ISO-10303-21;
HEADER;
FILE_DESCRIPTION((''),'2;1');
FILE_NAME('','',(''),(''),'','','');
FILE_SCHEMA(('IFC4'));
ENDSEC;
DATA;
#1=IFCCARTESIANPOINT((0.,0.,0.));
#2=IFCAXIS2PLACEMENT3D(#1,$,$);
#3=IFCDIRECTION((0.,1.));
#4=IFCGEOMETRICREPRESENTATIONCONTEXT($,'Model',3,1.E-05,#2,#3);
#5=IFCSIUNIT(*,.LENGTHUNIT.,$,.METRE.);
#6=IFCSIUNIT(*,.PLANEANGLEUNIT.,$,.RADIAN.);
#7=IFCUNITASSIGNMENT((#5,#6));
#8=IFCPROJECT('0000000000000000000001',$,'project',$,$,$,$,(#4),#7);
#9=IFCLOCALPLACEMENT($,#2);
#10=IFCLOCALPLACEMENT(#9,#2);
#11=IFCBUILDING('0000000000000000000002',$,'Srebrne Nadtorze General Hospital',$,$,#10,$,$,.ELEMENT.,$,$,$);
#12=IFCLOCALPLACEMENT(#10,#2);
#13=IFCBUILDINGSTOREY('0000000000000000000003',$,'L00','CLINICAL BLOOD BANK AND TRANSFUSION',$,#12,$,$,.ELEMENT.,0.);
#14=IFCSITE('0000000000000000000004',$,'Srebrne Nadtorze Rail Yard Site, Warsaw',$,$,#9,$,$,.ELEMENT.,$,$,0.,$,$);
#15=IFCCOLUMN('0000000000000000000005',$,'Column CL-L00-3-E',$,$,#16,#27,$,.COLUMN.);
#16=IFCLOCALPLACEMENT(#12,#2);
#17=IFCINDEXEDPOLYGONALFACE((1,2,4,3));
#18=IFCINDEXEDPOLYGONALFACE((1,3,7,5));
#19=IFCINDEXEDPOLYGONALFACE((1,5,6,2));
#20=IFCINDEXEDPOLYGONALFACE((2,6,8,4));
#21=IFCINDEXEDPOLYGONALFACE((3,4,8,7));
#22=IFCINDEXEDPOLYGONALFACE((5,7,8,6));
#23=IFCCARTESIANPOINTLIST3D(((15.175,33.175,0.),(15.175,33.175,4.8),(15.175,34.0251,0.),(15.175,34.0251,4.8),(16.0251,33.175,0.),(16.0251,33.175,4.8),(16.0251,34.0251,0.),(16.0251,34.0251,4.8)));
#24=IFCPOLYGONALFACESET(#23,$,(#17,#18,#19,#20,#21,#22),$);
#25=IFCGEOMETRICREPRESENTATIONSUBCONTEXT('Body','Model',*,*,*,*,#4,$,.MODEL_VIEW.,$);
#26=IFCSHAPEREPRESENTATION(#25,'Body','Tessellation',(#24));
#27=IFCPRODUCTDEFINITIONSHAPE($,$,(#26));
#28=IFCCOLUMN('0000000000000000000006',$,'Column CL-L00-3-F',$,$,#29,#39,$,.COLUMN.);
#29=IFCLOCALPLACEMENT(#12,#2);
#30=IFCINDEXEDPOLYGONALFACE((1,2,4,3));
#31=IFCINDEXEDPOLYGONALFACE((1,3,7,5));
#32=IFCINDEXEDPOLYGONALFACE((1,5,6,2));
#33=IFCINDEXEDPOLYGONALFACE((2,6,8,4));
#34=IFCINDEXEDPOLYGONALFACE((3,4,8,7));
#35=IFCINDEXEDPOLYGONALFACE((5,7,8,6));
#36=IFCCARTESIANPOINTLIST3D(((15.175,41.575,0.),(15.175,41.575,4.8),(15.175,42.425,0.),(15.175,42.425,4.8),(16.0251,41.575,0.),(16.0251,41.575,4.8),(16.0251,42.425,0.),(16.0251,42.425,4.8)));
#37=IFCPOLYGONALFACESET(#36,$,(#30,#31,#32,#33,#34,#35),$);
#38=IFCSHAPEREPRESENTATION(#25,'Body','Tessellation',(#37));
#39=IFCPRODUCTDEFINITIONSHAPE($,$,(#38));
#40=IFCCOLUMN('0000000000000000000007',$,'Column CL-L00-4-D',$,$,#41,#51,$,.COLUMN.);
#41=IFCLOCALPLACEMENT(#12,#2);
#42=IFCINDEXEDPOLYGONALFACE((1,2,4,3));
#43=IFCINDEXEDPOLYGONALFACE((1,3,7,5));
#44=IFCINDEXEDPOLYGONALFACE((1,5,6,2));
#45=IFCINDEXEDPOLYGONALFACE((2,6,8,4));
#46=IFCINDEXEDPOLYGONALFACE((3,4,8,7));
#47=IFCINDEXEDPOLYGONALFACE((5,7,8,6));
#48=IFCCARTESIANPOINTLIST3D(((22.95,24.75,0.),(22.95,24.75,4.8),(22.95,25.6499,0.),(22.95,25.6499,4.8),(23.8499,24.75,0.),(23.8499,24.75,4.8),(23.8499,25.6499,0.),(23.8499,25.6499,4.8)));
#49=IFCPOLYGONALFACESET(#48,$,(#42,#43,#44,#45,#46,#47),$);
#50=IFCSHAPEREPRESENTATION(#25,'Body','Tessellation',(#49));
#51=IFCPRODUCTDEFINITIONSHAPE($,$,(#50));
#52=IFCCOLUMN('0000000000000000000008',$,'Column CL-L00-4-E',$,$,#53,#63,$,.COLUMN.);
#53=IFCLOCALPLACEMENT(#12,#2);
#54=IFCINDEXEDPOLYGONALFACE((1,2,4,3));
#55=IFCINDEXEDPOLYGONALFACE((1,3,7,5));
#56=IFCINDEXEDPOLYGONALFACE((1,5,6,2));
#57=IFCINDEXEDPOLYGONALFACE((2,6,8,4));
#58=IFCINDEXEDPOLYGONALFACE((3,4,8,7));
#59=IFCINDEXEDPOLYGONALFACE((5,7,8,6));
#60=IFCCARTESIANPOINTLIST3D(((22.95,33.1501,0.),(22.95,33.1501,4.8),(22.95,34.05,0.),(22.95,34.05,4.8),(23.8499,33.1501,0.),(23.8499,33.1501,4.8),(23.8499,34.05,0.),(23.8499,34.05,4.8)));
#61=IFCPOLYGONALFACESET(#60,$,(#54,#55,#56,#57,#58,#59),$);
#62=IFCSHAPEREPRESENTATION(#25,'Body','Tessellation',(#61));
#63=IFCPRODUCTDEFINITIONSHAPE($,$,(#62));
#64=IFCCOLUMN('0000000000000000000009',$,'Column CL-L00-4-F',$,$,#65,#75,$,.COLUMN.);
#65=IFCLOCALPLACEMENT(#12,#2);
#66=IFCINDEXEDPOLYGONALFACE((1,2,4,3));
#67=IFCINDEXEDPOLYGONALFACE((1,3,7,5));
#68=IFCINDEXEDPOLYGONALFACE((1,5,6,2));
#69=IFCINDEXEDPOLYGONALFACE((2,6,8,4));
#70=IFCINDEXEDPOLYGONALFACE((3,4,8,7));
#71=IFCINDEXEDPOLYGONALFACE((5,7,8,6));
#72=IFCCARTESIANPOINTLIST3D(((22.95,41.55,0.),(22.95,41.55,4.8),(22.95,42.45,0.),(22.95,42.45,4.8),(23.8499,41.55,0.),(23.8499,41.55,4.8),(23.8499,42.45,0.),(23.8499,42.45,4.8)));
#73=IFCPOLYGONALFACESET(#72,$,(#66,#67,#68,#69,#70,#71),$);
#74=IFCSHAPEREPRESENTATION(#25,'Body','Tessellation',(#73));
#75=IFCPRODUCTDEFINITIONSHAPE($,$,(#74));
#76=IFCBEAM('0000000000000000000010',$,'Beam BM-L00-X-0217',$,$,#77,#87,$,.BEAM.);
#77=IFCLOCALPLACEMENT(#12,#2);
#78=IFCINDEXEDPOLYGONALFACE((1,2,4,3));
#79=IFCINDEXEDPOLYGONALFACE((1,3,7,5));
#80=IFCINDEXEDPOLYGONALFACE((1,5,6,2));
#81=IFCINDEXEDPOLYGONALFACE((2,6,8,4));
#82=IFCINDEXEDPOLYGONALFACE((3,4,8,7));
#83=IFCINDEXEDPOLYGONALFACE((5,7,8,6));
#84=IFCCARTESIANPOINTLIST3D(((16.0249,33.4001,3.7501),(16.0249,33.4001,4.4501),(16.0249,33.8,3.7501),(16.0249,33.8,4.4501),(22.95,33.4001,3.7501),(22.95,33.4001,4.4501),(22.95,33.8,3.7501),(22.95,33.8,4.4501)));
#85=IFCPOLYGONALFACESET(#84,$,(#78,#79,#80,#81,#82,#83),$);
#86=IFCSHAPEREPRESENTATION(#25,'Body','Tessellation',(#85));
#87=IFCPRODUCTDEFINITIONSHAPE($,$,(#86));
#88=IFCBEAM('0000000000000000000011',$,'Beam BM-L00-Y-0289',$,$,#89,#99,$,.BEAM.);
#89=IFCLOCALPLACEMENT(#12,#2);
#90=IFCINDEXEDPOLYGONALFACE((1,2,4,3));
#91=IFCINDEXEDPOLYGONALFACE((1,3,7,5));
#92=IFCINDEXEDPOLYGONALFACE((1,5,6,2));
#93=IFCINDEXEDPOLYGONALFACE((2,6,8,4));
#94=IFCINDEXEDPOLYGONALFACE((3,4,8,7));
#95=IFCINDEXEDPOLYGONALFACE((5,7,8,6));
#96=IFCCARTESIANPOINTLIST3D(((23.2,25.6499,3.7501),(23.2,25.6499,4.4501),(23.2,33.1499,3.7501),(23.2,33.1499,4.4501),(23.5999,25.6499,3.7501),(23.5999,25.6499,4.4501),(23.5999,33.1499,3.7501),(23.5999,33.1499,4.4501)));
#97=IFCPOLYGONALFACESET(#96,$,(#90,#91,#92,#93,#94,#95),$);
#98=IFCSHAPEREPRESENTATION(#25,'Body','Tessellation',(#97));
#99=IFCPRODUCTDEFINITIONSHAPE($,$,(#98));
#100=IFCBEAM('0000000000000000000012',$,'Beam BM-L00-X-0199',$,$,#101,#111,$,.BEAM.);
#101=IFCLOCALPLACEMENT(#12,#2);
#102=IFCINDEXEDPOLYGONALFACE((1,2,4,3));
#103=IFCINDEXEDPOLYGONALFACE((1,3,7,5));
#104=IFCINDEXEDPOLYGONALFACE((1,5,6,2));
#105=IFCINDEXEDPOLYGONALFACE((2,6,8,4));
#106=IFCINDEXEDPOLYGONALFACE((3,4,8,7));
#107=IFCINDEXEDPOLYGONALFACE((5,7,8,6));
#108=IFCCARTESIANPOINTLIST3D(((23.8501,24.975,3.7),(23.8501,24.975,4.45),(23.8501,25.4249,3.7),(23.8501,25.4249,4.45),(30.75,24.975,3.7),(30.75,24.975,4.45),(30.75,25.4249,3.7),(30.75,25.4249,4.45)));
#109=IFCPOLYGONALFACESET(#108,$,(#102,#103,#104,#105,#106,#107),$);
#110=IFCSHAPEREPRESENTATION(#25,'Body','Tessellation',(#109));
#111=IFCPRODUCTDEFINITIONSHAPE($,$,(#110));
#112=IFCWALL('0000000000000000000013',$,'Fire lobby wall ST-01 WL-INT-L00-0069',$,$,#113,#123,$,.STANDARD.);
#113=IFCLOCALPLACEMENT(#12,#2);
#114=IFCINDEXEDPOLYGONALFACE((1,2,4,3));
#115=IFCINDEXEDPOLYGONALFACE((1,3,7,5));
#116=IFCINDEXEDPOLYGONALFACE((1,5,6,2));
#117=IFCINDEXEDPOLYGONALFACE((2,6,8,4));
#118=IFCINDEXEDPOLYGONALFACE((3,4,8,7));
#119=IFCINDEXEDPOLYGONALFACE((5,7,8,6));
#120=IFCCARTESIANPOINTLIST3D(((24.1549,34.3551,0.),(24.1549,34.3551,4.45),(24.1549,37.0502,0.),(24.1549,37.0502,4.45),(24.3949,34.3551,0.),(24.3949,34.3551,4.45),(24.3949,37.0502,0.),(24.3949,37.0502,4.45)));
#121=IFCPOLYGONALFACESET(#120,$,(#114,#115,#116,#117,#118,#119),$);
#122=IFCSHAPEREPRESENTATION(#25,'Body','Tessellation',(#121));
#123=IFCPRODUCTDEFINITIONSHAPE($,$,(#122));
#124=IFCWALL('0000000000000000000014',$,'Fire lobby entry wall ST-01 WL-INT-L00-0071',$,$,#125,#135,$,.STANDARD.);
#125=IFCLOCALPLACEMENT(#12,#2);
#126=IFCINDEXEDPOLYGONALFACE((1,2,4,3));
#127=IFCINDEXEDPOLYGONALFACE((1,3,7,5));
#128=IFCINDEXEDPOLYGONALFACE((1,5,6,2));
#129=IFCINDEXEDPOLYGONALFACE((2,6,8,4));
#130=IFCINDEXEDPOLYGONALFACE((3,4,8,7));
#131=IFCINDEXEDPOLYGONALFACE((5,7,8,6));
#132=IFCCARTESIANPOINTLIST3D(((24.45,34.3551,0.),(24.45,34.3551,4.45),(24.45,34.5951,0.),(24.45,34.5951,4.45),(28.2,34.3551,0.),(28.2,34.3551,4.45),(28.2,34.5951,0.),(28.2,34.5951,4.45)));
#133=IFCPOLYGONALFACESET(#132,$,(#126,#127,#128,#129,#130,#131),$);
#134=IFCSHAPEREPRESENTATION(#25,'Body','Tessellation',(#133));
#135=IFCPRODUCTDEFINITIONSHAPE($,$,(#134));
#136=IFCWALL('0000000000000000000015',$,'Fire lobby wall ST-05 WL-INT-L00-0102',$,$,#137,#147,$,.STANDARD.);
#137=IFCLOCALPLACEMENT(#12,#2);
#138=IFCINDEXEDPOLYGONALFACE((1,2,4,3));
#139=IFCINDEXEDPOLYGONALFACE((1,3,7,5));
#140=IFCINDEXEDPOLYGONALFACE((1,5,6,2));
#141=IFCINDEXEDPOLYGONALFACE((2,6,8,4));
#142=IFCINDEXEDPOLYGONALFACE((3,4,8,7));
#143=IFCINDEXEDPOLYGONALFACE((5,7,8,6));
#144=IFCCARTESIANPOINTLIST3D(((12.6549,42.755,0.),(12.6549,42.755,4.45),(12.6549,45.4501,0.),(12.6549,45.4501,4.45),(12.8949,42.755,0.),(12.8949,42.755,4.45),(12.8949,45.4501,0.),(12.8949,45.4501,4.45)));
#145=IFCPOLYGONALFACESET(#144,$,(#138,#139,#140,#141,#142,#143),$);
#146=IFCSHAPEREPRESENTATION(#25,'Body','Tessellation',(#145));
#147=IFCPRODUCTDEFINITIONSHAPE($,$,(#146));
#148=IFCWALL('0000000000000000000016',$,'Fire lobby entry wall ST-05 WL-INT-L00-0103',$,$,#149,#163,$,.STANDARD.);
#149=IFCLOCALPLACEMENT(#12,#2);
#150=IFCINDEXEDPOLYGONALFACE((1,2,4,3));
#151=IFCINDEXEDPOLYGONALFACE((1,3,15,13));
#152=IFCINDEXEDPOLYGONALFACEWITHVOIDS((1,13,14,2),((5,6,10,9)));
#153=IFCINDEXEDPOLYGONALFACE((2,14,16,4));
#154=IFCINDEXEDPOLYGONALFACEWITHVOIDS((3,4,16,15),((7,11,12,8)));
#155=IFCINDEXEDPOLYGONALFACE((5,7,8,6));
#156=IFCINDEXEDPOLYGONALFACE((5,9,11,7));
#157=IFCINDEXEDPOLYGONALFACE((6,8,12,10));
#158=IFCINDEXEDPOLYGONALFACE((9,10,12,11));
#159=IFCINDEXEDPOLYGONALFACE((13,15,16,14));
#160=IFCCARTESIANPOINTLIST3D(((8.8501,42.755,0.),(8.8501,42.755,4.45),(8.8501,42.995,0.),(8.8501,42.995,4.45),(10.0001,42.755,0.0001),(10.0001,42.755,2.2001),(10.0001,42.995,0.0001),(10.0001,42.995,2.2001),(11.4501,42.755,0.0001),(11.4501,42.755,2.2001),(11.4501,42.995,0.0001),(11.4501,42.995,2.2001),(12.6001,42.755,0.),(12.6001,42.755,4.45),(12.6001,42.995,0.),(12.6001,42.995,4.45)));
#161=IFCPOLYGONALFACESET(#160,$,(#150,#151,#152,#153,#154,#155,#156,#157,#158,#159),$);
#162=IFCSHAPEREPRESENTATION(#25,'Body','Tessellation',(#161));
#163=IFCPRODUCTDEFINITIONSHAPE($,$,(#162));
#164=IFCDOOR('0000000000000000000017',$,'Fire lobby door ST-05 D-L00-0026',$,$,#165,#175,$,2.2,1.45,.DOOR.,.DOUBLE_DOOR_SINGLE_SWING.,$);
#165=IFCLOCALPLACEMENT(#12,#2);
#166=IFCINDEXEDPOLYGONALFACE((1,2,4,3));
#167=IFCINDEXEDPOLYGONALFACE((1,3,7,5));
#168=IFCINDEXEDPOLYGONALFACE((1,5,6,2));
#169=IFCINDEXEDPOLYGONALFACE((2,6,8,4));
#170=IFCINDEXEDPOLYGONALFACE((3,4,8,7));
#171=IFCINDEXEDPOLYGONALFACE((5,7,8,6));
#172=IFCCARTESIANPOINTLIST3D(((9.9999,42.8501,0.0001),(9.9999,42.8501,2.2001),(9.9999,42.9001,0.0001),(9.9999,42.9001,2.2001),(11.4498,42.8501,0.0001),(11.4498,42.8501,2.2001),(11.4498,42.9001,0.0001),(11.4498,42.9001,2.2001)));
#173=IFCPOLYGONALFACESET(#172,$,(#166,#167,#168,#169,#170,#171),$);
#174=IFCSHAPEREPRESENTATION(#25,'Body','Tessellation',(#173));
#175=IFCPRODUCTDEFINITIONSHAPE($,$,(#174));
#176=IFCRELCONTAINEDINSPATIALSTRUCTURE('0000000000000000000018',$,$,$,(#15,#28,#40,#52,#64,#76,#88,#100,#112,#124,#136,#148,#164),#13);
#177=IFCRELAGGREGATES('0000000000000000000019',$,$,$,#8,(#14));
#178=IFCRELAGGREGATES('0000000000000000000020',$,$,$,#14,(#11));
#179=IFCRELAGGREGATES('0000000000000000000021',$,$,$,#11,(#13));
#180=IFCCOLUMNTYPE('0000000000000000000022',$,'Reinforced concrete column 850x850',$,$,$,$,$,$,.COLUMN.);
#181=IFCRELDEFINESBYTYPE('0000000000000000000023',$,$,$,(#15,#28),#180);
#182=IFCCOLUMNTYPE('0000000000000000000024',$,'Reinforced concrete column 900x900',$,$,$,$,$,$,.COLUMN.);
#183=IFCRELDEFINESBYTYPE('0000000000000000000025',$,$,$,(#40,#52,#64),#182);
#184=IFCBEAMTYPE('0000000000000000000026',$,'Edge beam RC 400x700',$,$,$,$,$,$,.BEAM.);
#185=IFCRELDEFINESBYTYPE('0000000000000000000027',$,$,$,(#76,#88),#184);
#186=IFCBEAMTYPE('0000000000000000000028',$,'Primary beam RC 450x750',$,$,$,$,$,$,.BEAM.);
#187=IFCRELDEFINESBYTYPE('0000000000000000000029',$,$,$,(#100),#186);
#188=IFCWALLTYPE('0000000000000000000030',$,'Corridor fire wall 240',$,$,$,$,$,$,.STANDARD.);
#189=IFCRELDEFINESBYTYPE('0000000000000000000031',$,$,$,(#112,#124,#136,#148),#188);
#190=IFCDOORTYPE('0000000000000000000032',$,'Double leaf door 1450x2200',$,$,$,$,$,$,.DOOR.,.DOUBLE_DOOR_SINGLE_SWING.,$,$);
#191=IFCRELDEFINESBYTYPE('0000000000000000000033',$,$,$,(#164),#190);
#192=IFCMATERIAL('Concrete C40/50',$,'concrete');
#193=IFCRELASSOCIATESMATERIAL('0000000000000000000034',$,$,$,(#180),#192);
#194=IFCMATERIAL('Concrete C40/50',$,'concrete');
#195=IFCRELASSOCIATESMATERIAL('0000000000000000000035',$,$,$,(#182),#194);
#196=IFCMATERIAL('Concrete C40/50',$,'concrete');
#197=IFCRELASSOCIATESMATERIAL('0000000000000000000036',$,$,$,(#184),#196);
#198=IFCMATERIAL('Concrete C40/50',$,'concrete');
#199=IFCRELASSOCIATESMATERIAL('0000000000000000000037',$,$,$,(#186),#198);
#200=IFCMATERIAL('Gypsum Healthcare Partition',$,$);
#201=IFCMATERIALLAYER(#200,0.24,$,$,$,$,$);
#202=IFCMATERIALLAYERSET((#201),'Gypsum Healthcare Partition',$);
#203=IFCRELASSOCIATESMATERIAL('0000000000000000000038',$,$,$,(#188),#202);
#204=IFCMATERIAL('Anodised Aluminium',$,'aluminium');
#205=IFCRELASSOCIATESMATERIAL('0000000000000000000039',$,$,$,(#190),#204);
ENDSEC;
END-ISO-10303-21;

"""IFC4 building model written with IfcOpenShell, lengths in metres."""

from ifc_helpers import new_model, si_unit, direction, frame, frame_2d, origin, origin_2d, place, context, subcontext, project, spatial, rectangle, extrude, material, layer, layer_set, material_profile, profile_set, type_object, element, fill, save


model = new_model("IFC4")

# Units and contexts
model_context = context("Model", 3, precision=1e-05, world=origin(), true_north=direction((0.0, 1.0)))
body_context = subcontext(model_context, "Body", "Model", "MODEL_VIEW")
ifc_project = project(units=[si_unit("LENGTHUNIT", "METRE"), si_unit("PLANEANGLEUNIT", "RADIAN")], contexts=[model_context])

# Site, building, storey
site_placement = place(None, origin())
site = spatial("IfcSite", under=ifc_project, at=site_placement, Name="Srebrne Nadtorze Rail Yard Site, Warsaw", CompositionType="ELEMENT", RefElevation=0.0)
building_placement = place(site_placement, origin())
building = spatial("IfcBuilding", under=site, at=building_placement, Name="Srebrne Nadtorze General Hospital", CompositionType="ELEMENT")
storey_placement = place(building_placement, origin())
storey = spatial("IfcBuildingStorey", under=building, at=storey_placement, Name="L00", Description="CLINICAL BLOOD BANK AND TRANSFUSION", CompositionType="ELEMENT", Elevation=0.0)

# Columns
ifc_material_1 = material(Name="Concrete C40/50", Category="concrete")
ifc_material_profile_1 = material_profile(ifc_material_1, rectangle(XDim=0.8501, YDim=0.8501, at=origin_2d()), Name="RC-COL-850x850")
ifc_profile_set_1 = profile_set([ifc_material_profile_1], Name="Concrete C40/50")
column_type_1 = type_object("IfcColumnType", Name="Reinforced concrete column 850x850", PredefinedType="COLUMN", material=ifc_profile_set_1)
for number, where, z_axis, x_axis, name in (
    (1, (15.6001, 33.6001, 0.0), (0.0, 0.0, 1.0), (1.0, 0.0, 0.0), "Column CL-L00-3-E"),
    (2, (15.6001, 42.0, 0.0), (0.0, 0.0, 1.0), (1.0, 0.0, 0.0), "Column CL-L00-3-F"),
):
    element("IfcColumn", number, at=place(storey_placement, frame(where, z_axis=z_axis, x_axis=x_axis)), inside=storey, type_object=column_type_1, Name=name, PredefinedType="COLUMN", context=body_context, shape_type="SweptSolid", body=[
        extrude(rectangle(XDim=0.8501, YDim=0.8501, at=origin_2d()), origin(), (0.0, 0.0, 1.0), 4.8),
    ])
ifc_material_2 = material(Name="Concrete C40/50", Category="concrete")
ifc_material_profile_2 = material_profile(ifc_material_2, rectangle(XDim=0.8999, YDim=0.8999, at=origin_2d()), Name="RC-COL-900x900")
ifc_profile_set_2 = profile_set([ifc_material_profile_2], Name="Concrete C40/50")
column_type_2 = type_object("IfcColumnType", Name="Reinforced concrete column 900x900", PredefinedType="COLUMN", material=ifc_profile_set_2)
for number, where, z_axis, x_axis, name in (
    (3, (23.3999, 25.2, 0.0), (0.0, 0.0, 1.0), (1.0, 0.0, 0.0), "Column CL-L00-4-D"),
    (4, (23.3999, 33.6001, 0.0), (0.0, 0.0, 1.0), (1.0, 0.0, 0.0), "Column CL-L00-4-E"),
    (5, (23.3999, 42.0, 0.0), (0.0, 0.0, 1.0), (1.0, 0.0, 0.0), "Column CL-L00-4-F"),
):
    element("IfcColumn", number, at=place(storey_placement, frame(where, z_axis=z_axis, x_axis=x_axis)), inside=storey, type_object=column_type_2, Name=name, PredefinedType="COLUMN", context=body_context, shape_type="SweptSolid", body=[
        extrude(rectangle(XDim=0.8999, YDim=0.8999, at=origin_2d()), origin(), (0.0, 0.0, 1.0), 4.8),
    ])

# Beams
ifc_material_3 = material(Name="Concrete C40/50", Category="concrete")
ifc_material_profile_3 = material_profile(ifc_material_3, rectangle(XDim=0.3999, YDim=0.7, at=origin_2d()), Name="RC-BM-400x700")
ifc_profile_set_3 = profile_set([ifc_material_profile_3], Name="Concrete C40/50")
beam_type_1 = type_object("IfcBeamType", Name="Edge beam RC 400x700", PredefinedType="BEAM", material=ifc_profile_set_3)
beam_1_placement = place(storey_placement, frame((16.0249, 33.6001, 4.1001), z_axis=(1.0, 0.0, 0.0), x_axis=(0.0, 1.0, 0.0)))
element("IfcBeam", 6, at=beam_1_placement, inside=storey, type_object=beam_type_1, Name="Beam BM-L00-X-0217", PredefinedType="BEAM", context=body_context, shape_type="SweptSolid", body=[
    extrude(rectangle(XDim=0.3999, YDim=0.7, at=origin_2d()), origin(), (0.0, 0.0, 1.0), 6.925),
])
beam_2_placement = place(storey_placement, frame((23.3999, 25.6499, 4.1001), z_axis=(0.0, 1.0, 0.0), x_axis=(-1.0, 0.0, 0.0)))
element("IfcBeam", 7, at=beam_2_placement, inside=storey, type_object=beam_type_1, Name="Beam BM-L00-Y-0289", PredefinedType="BEAM", context=body_context, shape_type="SweptSolid", body=[
    extrude(rectangle(XDim=0.3999, YDim=0.7, at=origin_2d()), origin(), (0.0, 0.0, 1.0), 7.5),
])
ifc_material_4 = material(Name="Concrete C40/50", Category="concrete")
ifc_material_profile_4 = material_profile(ifc_material_4, rectangle(XDim=0.45, YDim=0.75, at=origin_2d()), Name="RC-BM-450x750")
ifc_profile_set_4 = profile_set([ifc_material_profile_4], Name="Concrete C40/50")
beam_type_2 = type_object("IfcBeamType", Name="Primary beam RC 450x750", PredefinedType="BEAM", material=ifc_profile_set_4)
beam_3_placement = place(storey_placement, frame((23.8501, 25.2, 4.075), z_axis=(1.0, 0.0, 0.0), x_axis=(0.0, 1.0, 0.0)))
element("IfcBeam", 8, at=beam_3_placement, inside=storey, type_object=beam_type_2, Name="Beam BM-L00-X-0199", PredefinedType="BEAM", context=body_context, shape_type="SweptSolid", body=[
    extrude(rectangle(XDim=0.45, YDim=0.75, at=origin_2d()), origin(), (0.0, 0.0, 1.0), 6.8999),
])

# Walls
ifc_material_5 = material(Name="Gypsum Healthcare Partition")
ifc_layer_1 = layer(ifc_material_5, 0.24)
ifc_layer_set_1 = layer_set([ifc_layer_1], Name="Gypsum Healthcare Partition")
wall_type_1 = type_object("IfcWallType", Name="Corridor fire wall 240", PredefinedType="STANDARD", material=ifc_layer_set_1)
wall_1_placement = place(storey_placement, frame((24.2749, 34.355, 0.0), z_axis=(0.0, 0.0, 1.0), x_axis=(0.0, 1.0, 0.0)))
element("IfcWall", 9, at=wall_1_placement, inside=storey, type_object=wall_type_1, Name="Fire lobby wall ST-01 WL-INT-L00-0069", PredefinedType="STANDARD", context=body_context, shape_type="SweptSolid", body=[
    extrude(rectangle(XDim=2.6951, YDim=0.24, at=frame_2d((1.3477, 0.0))), origin(), (0.0, 0.0, 1.0), 4.45),
])
wall_2_placement = place(storey_placement, frame((24.45, 34.4751, 0.0), z_axis=(0.0, 0.0, 1.0), x_axis=(1.0, 0.0, 0.0)))
element("IfcWall", 10, at=wall_2_placement, inside=storey, type_object=wall_type_1, Name="Fire lobby entry wall ST-01 WL-INT-L00-0071", PredefinedType="STANDARD", context=body_context, shape_type="SweptSolid", body=[
    extrude(rectangle(XDim=3.75, YDim=0.24, at=frame_2d((1.875, 0.0))), origin(), (0.0, 0.0, 1.0), 4.45),
])
wall_3_placement = place(storey_placement, frame((12.7749, 42.7549, 0.0), z_axis=(0.0, 0.0, 1.0), x_axis=(0.0, 1.0, 0.0)))
element("IfcWall", 11, at=wall_3_placement, inside=storey, type_object=wall_type_1, Name="Fire lobby wall ST-05 WL-INT-L00-0102", PredefinedType="STANDARD", context=body_context, shape_type="SweptSolid", body=[
    extrude(rectangle(XDim=2.6951, YDim=0.24, at=frame_2d((1.3477, 0.0))), origin(), (0.0, 0.0, 1.0), 4.45),
])

# Wall, opening, door
wall_4_placement = place(storey_placement, frame((8.8501, 42.875, 0.0), z_axis=(0.0, 0.0, 1.0), x_axis=(1.0, 0.0, 0.0)))
wall_4 = element("IfcWall", 12, at=wall_4_placement, inside=storey, type_object=wall_type_1, Name="Fire lobby entry wall ST-05 WL-INT-L00-0103", PredefinedType="STANDARD", context=body_context, shape_type="SweptSolid", body=[
    extrude(rectangle(XDim=3.75, YDim=0.24, at=frame_2d((1.875, 0.0))), origin(), (0.0, 0.0, 1.0), 4.45),
])
opening_1_placement = place(wall_4_placement, frame((1.1499, 0.0, 0.0)))
opening_1 = element("IfcOpeningElement", 13, at=opening_1_placement, cuts=wall_4, PredefinedType="OPENING", context=body_context, shape_type="SweptSolid", body=[
    extrude(rectangle(XDim=1.45, YDim=2.2, at=frame_2d((0.7251, 1.1001))), frame((0.0, 0.1318, 0.0), z_axis=(0.0, -1.0, 0.0), x_axis=(1.0, 0.0, 0.0)), (0.0, 0.0, 1.0), 0.2639),
])
ifc_material_6 = material(Name="Anodised Aluminium", Category="aluminium")
door_type_1 = type_object("IfcDoorType", Name="Double leaf door 1450x2200", OperationType="DOUBLE_DOOR_SINGLE_SWING", PredefinedType="DOOR", material=ifc_material_6)
door_1_placement = place(opening_1_placement, frame((1.45, 0.0, 0.0), z_axis=(0.0, 0.0, 1.0), x_axis=(-1.0, 0.0, 0.0)))
door_1 = element("IfcDoor", 14, at=door_1_placement, inside=storey, type_object=door_type_1, Name="Fire lobby door ST-05 D-L00-0026", OperationType="DOUBLE_DOOR_SINGLE_SWING", OverallHeight=2.2, OverallWidth=1.45, PredefinedType="DOOR", context=body_context, shape_type="SweptSolid", body=[
    extrude(rectangle(XDim=1.45, YDim=2.2, at=frame_2d((0.7251, 1.1001))), frame((0.0, 0.0249, 0.0), z_axis=(0.0, -1.0, 0.0), x_axis=(1.0, 0.0, 0.0)), (0.0, 0.0, 1.0), 0.05),
])
fill(opening_1, door_1)

save(model, "model.ifc")
